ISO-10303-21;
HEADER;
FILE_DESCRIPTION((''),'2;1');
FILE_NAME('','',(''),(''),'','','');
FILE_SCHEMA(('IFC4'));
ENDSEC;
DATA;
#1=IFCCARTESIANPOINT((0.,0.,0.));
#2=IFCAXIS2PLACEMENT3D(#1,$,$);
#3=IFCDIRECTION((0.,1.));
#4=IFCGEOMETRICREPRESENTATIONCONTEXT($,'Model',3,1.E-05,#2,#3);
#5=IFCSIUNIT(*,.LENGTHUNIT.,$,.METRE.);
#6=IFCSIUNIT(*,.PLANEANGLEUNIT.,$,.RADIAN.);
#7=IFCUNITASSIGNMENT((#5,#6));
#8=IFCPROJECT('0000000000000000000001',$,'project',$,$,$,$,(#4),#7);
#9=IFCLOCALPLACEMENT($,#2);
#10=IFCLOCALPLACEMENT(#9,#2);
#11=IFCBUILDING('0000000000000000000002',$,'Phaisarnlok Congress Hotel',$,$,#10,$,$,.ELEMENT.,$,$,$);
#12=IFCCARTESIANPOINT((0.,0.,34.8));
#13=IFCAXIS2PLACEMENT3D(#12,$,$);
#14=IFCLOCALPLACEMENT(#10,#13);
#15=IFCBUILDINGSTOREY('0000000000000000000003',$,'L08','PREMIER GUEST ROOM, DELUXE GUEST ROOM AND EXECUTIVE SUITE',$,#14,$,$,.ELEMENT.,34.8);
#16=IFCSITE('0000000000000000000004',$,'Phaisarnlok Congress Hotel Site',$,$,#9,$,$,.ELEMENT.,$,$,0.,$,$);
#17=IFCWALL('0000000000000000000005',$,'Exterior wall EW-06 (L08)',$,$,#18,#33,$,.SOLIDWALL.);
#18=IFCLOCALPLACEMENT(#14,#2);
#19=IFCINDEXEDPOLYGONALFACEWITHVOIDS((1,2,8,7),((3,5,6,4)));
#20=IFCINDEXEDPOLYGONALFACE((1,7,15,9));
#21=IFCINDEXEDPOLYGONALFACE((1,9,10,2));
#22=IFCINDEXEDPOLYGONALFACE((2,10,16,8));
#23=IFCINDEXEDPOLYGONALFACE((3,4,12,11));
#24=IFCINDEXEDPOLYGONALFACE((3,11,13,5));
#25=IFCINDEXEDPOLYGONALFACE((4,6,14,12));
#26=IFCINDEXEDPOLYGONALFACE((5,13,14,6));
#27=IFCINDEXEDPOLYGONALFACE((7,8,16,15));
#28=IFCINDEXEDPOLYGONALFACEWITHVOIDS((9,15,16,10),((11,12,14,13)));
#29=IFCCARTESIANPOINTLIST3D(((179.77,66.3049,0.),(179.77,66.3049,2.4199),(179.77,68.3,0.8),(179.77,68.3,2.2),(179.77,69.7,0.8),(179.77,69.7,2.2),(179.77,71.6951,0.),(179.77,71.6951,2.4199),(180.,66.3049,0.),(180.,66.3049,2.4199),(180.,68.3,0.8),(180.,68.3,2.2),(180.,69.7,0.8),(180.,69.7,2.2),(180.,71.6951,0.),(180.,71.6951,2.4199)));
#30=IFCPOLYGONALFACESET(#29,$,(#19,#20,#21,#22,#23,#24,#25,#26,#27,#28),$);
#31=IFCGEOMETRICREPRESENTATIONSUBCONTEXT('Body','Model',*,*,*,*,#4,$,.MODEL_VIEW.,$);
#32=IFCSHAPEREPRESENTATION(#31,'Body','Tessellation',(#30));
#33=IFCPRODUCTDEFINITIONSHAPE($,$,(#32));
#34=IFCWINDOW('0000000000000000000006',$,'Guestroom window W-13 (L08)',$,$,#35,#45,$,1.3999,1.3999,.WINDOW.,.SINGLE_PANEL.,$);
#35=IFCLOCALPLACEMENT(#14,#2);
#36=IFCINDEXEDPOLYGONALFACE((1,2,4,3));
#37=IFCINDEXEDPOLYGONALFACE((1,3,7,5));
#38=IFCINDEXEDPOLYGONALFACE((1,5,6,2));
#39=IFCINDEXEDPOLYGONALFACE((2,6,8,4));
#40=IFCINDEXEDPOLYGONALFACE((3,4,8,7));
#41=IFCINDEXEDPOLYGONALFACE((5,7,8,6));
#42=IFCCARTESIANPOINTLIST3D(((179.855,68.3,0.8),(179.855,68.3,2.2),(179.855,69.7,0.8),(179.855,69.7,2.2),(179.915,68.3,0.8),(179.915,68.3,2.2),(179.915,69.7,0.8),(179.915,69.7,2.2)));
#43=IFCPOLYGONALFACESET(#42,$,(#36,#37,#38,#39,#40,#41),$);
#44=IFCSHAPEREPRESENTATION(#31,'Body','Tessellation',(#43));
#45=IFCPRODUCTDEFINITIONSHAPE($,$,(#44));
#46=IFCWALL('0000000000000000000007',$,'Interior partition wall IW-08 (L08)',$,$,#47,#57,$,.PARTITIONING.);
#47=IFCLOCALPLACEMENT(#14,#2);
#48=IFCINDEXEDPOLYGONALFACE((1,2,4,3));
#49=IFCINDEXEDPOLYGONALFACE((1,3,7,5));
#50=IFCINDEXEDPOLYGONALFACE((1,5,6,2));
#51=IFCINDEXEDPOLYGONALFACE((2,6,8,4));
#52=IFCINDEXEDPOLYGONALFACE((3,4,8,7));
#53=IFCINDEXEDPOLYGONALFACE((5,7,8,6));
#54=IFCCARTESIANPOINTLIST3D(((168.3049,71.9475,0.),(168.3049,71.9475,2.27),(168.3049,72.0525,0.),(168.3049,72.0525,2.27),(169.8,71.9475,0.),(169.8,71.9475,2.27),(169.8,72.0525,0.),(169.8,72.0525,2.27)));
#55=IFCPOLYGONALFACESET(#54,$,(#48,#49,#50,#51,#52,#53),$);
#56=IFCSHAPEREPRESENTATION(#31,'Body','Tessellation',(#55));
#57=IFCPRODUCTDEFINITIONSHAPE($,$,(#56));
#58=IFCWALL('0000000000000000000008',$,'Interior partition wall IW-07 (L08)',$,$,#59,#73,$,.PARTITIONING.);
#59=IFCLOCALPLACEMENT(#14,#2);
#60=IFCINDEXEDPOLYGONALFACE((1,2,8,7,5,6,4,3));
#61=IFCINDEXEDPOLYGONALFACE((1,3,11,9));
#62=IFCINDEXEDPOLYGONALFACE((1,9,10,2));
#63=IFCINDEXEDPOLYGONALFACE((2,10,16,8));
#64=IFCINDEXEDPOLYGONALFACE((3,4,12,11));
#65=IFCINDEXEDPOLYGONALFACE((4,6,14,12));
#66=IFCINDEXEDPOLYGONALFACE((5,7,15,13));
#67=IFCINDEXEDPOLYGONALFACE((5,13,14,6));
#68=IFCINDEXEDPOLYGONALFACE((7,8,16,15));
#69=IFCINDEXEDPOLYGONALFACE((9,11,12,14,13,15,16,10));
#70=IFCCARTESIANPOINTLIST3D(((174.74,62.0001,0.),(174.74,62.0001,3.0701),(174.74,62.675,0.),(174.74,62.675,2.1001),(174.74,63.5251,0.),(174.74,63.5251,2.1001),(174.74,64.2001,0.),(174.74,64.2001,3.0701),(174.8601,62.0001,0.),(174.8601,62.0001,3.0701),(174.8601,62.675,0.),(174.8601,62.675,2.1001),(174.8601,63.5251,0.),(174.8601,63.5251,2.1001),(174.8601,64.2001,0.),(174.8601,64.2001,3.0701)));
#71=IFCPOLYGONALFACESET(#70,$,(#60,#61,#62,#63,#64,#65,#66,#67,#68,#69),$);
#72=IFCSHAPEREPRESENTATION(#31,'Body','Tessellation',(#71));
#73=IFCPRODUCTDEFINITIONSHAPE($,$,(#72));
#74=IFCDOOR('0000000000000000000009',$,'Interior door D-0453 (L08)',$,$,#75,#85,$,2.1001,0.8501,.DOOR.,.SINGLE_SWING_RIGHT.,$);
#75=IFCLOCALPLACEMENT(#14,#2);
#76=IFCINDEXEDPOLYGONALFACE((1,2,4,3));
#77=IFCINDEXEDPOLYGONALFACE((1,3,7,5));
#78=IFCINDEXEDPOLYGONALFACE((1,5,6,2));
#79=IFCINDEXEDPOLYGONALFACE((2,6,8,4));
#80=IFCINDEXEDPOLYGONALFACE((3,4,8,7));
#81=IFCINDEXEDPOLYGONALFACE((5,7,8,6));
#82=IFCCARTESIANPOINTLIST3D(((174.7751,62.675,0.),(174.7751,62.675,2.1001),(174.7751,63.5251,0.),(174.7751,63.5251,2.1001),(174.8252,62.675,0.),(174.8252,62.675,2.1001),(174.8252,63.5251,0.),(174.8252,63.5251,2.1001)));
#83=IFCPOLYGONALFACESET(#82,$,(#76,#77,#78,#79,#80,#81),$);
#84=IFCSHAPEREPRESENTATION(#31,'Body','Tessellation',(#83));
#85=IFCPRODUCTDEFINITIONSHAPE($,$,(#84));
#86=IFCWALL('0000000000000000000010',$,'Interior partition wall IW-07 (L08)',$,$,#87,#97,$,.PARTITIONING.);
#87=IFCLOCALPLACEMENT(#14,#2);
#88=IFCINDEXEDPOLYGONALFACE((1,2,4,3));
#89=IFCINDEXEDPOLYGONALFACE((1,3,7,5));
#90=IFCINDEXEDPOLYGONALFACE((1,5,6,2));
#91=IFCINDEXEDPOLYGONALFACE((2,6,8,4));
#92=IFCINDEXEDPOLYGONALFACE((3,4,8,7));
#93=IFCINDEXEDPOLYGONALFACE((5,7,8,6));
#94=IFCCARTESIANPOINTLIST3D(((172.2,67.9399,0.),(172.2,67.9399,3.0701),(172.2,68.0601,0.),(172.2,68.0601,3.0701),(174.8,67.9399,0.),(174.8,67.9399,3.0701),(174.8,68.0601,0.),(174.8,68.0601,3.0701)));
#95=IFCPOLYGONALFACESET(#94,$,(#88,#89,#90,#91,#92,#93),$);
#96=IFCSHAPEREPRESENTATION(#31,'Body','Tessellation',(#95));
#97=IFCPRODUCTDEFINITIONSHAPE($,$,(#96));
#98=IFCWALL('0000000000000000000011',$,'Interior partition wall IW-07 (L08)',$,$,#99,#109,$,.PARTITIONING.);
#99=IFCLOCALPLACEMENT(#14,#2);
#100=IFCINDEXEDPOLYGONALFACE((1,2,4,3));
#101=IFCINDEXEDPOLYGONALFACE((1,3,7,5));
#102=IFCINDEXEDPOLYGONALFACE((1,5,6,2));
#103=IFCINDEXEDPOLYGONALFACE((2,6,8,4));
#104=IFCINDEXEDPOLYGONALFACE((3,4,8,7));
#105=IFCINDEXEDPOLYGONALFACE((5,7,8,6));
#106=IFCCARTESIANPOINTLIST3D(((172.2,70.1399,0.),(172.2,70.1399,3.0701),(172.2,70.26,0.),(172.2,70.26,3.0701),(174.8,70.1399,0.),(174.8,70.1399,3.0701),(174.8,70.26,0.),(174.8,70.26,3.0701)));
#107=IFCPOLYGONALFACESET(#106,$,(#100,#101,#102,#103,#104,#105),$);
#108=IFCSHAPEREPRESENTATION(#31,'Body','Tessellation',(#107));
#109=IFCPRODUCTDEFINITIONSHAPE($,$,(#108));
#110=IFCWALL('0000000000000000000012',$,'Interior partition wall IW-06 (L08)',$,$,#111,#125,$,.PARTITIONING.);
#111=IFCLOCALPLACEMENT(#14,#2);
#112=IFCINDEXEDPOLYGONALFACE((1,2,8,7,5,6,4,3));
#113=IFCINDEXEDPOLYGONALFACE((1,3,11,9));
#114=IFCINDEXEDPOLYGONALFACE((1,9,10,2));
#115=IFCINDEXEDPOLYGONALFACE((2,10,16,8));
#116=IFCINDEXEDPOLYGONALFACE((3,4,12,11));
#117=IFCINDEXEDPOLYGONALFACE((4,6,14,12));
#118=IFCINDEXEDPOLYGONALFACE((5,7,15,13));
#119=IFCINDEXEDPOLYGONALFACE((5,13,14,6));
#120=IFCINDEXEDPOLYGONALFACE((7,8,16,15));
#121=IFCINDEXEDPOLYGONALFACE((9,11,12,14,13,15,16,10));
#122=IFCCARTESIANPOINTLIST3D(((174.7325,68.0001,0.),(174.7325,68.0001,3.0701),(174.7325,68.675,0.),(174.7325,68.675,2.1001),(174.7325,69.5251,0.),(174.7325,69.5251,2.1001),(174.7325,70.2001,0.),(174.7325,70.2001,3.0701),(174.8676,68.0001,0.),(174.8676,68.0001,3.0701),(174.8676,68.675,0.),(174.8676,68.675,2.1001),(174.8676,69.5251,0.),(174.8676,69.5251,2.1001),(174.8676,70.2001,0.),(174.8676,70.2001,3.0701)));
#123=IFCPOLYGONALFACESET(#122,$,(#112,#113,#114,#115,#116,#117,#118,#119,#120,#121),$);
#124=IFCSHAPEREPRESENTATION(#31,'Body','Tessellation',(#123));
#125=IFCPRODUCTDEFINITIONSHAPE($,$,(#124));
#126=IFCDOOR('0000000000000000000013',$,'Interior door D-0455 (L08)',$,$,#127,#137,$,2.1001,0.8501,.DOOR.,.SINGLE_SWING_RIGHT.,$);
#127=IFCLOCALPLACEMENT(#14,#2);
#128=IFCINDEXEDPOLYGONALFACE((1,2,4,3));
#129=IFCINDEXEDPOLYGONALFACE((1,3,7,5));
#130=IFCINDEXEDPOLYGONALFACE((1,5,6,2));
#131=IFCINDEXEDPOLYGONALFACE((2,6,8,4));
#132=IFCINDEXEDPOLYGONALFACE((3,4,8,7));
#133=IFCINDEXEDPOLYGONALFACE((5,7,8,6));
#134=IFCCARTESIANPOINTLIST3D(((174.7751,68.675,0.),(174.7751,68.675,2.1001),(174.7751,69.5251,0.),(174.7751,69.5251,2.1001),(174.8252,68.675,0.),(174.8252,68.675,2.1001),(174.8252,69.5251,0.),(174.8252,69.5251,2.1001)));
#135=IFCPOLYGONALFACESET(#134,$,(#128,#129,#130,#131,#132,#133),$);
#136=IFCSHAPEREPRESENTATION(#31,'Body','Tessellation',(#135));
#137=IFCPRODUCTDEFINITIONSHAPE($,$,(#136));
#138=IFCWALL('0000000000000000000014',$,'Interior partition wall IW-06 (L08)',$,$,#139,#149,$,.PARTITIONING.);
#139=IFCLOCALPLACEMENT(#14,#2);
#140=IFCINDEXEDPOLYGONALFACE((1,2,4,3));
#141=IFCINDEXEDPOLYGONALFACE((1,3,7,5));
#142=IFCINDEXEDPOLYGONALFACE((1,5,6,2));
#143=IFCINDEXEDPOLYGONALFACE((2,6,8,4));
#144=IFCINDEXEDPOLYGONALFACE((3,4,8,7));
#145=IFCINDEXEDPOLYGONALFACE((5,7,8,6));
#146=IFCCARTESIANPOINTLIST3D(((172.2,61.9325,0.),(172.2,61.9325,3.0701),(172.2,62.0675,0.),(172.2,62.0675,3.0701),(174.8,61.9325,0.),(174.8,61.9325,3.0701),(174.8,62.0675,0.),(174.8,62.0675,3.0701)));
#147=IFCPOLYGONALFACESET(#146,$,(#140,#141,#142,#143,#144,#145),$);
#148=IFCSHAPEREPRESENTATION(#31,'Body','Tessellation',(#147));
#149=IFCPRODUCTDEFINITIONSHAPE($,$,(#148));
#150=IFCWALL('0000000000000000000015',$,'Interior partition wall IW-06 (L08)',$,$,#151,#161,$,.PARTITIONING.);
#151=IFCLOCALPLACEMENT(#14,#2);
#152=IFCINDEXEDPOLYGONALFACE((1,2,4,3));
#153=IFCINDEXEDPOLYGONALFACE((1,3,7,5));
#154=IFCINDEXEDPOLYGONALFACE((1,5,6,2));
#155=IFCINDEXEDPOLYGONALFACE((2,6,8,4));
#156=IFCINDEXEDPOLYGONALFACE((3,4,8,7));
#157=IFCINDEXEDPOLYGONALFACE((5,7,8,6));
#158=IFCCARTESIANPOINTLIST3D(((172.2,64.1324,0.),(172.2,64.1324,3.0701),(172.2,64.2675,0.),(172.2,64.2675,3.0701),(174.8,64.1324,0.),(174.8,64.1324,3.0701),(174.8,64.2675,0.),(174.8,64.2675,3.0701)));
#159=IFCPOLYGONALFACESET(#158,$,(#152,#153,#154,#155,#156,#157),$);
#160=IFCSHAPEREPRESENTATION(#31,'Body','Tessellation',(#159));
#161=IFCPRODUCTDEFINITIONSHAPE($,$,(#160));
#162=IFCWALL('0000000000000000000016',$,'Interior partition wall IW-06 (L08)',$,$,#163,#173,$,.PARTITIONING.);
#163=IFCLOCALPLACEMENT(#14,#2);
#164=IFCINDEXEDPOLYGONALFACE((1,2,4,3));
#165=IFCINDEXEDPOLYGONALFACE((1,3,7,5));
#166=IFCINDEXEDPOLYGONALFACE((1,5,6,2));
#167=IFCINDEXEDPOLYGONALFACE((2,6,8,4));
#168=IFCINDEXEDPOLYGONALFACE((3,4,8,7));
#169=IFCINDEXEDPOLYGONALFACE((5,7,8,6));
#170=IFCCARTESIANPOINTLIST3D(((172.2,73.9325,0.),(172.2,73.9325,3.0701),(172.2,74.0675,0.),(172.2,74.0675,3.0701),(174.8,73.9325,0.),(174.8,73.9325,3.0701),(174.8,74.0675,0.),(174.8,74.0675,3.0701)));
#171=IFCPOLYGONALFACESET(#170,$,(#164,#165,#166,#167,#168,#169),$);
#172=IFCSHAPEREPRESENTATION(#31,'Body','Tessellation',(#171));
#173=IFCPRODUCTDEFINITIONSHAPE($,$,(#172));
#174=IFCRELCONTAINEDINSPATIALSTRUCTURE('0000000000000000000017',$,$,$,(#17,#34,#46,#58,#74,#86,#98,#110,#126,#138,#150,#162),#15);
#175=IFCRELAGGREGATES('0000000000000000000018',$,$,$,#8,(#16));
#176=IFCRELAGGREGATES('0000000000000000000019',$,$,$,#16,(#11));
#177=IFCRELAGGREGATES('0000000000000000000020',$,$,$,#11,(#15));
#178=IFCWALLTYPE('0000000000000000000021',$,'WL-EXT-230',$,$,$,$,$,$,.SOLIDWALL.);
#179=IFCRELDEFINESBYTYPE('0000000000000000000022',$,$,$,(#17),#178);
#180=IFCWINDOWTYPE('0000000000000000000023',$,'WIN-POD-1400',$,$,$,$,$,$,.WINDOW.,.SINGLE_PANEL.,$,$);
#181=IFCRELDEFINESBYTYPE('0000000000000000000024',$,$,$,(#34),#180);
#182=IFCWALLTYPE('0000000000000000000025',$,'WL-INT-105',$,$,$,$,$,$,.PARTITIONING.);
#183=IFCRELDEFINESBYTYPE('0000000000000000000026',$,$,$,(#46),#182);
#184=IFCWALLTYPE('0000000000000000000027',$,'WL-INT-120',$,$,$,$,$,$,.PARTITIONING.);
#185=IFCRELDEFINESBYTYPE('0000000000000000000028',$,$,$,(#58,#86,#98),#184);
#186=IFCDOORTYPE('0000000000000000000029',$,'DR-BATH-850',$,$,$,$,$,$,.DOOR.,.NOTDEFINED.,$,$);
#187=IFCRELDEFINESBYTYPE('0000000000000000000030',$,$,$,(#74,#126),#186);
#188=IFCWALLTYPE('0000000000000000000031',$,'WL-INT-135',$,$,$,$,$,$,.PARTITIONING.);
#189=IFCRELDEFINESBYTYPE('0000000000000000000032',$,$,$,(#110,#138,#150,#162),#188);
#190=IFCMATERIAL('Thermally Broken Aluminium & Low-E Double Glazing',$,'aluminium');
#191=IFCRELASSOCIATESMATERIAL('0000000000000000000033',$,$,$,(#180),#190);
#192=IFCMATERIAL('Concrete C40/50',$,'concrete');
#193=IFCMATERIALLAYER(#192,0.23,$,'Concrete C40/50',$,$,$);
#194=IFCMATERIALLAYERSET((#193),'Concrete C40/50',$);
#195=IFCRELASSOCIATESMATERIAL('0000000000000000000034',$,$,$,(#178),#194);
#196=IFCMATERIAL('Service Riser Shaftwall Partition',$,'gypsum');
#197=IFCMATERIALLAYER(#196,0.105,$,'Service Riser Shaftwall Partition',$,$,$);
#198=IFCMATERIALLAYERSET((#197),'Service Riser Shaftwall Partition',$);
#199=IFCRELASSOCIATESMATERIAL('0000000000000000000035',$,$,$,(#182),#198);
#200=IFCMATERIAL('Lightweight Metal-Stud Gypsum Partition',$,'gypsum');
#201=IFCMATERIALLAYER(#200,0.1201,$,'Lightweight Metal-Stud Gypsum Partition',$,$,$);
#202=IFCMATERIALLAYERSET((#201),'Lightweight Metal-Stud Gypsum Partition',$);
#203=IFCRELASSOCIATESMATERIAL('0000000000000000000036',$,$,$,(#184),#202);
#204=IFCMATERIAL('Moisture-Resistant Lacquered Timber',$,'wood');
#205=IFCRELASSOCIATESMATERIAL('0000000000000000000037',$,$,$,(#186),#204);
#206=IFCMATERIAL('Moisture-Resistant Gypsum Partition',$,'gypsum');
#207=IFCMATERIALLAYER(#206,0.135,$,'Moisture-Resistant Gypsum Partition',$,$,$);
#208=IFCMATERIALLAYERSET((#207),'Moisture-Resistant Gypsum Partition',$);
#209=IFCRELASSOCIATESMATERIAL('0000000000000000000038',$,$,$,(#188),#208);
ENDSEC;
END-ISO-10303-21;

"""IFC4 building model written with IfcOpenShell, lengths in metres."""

from ifc_helpers import new_model, si_unit, direction, frame, frame_2d, origin, place, context, subcontext, project, spatial, rectangle, extrude, material, layer, layer_set, type_object, element, fill, save


model = new_model("IFC4")

# Units and contexts
model_context = context("Model", 3, precision=1e-05, world=origin(), true_north=direction((0.0, 1.0)))
body_context = subcontext(model_context, "Body", "Model", "MODEL_VIEW")
ifc_project = project(units=[si_unit("LENGTHUNIT", "METRE"), si_unit("PLANEANGLEUNIT", "RADIAN")], contexts=[model_context])

# Site, building, storey
site_placement = place(None, origin())
site = spatial("IfcSite", under=ifc_project, at=site_placement, Name="Phaisarnlok Congress Hotel Site", CompositionType="ELEMENT", RefElevation=0.0)
building_placement = place(site_placement, origin())
building = spatial("IfcBuilding", under=site, at=building_placement, Name="Phaisarnlok Congress Hotel", CompositionType="ELEMENT")
storey_placement = place(building_placement, frame((0.0, 0.0, 34.8)))
storey = spatial("IfcBuildingStorey", under=building, at=storey_placement, Name="L08", Description="PREMIER GUEST ROOM, DELUXE GUEST ROOM AND EXECUTIVE SUITE", CompositionType="ELEMENT", Elevation=34.8)

# Shared definitions
ifc_material_1 = material(Name="Concrete C40/50", Category="concrete")

# Wall, opening, window
ifc_material_2 = material(Name="Thermally Broken Aluminium & Low-E Double Glazing", Category="aluminium")
window_type = type_object("IfcWindowType", Name="WIN-POD-1400", PartitioningType="SINGLE_PANEL", PredefinedType="WINDOW", material=ifc_material_2)
ifc_layer_1 = layer(ifc_material_1, 0.23, Name="Concrete C40/50")
ifc_layer_set_1 = layer_set([ifc_layer_1], Name="Concrete C40/50")
wall_type_1 = type_object("IfcWallType", Name="WL-EXT-230", PredefinedType="SOLIDWALL", material=ifc_layer_set_1)
wall_1_placement = place(storey_placement, frame((179.885, 66.3049, 0.0), z_axis=(0.0, 0.0, 1.0), x_axis=(0.0, 1.0, 0.0)))
wall_1 = element("IfcWall", 1, at=wall_1_placement, inside=storey, type_object=wall_type_1, Name="Exterior wall EW-06 (L08)", PredefinedType="SOLIDWALL", context=body_context, shape_type="SweptSolid", body=[
    extrude(rectangle(XDim=5.3901, YDim=0.23, at=frame_2d((2.6951, 0.0))), origin(), (0.0, 0.0, 1.0), 2.4199),
])
opening_1_placement = place(wall_1_placement, frame((1.9951, 0.0, 0.8)))
opening_1 = element("IfcOpeningElement", 2, at=opening_1_placement, cuts=wall_1, PredefinedType="OPENING", context=body_context, shape_type="SweptSolid", body=[
    extrude(rectangle(XDim=1.3999, YDim=1.3999, at=frame_2d((0.7, 0.7))), frame((0.0, 0.125, 0.0), z_axis=(0.0, -1.0, 0.0), x_axis=(1.0, 0.0, 0.0)), (0.0, 0.0, 1.0), 0.25),
])
window_1_placement = place(opening_1_placement, origin())
window_1 = element("IfcWindow", 3, at=window_1_placement, inside=storey, type_object=window_type, Name="Guestroom window W-13 (L08)", OverallHeight=1.3999, OverallWidth=1.3999, PartitioningType="SINGLE_PANEL", PredefinedType="WINDOW", context=body_context, shape_type="SweptSolid", body=[
    extrude(rectangle(XDim=1.3999, YDim=1.3999, at=frame_2d((0.7, 0.7))), frame((0.0, 0.03, 0.0), z_axis=(0.0, -1.0, 0.0), x_axis=(1.0, 0.0, 0.0)), (0.0, 0.0, 1.0), 0.0601),
])
fill(opening_1, window_1)

# Wall
ifc_material_3 = material(Name="Service Riser Shaftwall Partition", Category="gypsum")
ifc_layer_2 = layer(ifc_material_3, 0.105, Name="Service Riser Shaftwall Partition")
ifc_layer_set_2 = layer_set([ifc_layer_2], Name="Service Riser Shaftwall Partition")
wall_type_2 = type_object("IfcWallType", Name="WL-INT-105", PredefinedType="PARTITIONING", material=ifc_layer_set_2)
wall_2_placement = place(storey_placement, frame((168.3049, 72.0, 0.0), z_axis=(0.0, 0.0, 1.0), x_axis=(1.0, 0.0, 0.0)))
element("IfcWall", 4, at=wall_2_placement, inside=storey, type_object=wall_type_2, Name="Interior partition wall IW-08 (L08)", PredefinedType="PARTITIONING", context=body_context, shape_type="SweptSolid", body=[
    extrude(rectangle(XDim=1.4951, YDim=0.105, at=frame_2d((0.7476, 0.0))), origin(), (0.0, 0.0, 1.0), 2.27),
])

# Wall, opening, door
ifc_material_4 = material(Name="Lightweight Metal-Stud Gypsum Partition", Category="gypsum")
ifc_layer_3 = layer(ifc_material_4, 0.1201, Name="Lightweight Metal-Stud Gypsum Partition")
ifc_layer_set_3 = layer_set([ifc_layer_3], Name="Lightweight Metal-Stud Gypsum Partition")
wall_type_3 = type_object("IfcWallType", Name="WL-INT-120", PredefinedType="PARTITIONING", material=ifc_layer_set_3)
wall_3_placement = place(storey_placement, frame((174.8, 62.0, 0.0), z_axis=(0.0, 0.0, 1.0), x_axis=(0.0, 1.0, 0.0)))
wall_3 = element("IfcWall", 5, at=wall_3_placement, inside=storey, type_object=wall_type_3, Name="Interior partition wall IW-07 (L08)", PredefinedType="PARTITIONING", context=body_context, shape_type="SweptSolid", body=[
    extrude(rectangle(XDim=2.2, YDim=0.1201, at=frame_2d((1.1001, 0.0))), origin(), (0.0, 0.0, 1.0), 3.0701),
])
opening_2_placement = place(wall_3_placement, frame((0.675, 0.0, 0.0)))
opening_2 = element("IfcOpeningElement", 6, at=opening_2_placement, cuts=wall_3, PredefinedType="OPENING", context=body_context, shape_type="SweptSolid", body=[
    extrude(rectangle(XDim=0.8501, YDim=2.1001, at=frame_2d((0.425, 1.05))), frame((0.0, 0.0701, 0.0), z_axis=(0.0, -1.0, 0.0), x_axis=(1.0, 0.0, 0.0)), (0.0, 0.0, 1.0), 0.1401),
])
ifc_material_5 = material(Name="Moisture-Resistant Lacquered Timber", Category="wood")
door_type = type_object("IfcDoorType", Name="DR-BATH-850", OperationType="NOTDEFINED", PredefinedType="DOOR", material=ifc_material_5)
door_1_placement = place(opening_2_placement, origin())
door_1 = element("IfcDoor", 7, at=door_1_placement, inside=storey, type_object=door_type, Name="Interior door D-0453 (L08)", OperationType="SINGLE_SWING_RIGHT", OverallHeight=2.1001, OverallWidth=0.8501, PredefinedType="DOOR", context=body_context, shape_type="SweptSolid", body=[
    extrude(rectangle(XDim=0.8501, YDim=2.1001, at=frame_2d((0.425, 1.05))), frame((0.0, 0.0249, 0.0), z_axis=(0.0, -1.0, 0.0), x_axis=(1.0, 0.0, 0.0)), (0.0, 0.0, 1.0), 0.05),
])
fill(opening_2, door_1)

# Walls
for number, where, z_axis, x_axis, name in (
    (8, (172.2, 68.0, 0.0), (0.0, 0.0, 1.0), (1.0, 0.0, 0.0), "Interior partition wall IW-07 (L08)"),
    (9, (172.2, 70.2, 0.0), (0.0, 0.0, 1.0), (1.0, 0.0, 0.0), "Interior partition wall IW-07 (L08)"),
):
    element("IfcWall", number, at=place(storey_placement, frame(where, z_axis=z_axis, x_axis=x_axis)), inside=storey, type_object=wall_type_3, Name=name, PredefinedType="PARTITIONING", context=body_context, shape_type="SweptSolid", body=[
        extrude(rectangle(XDim=2.6001, YDim=0.1201, at=frame_2d((1.3, 0.0))), origin(), (0.0, 0.0, 1.0), 3.0701),
    ])

# Wall, opening, door
ifc_material_6 = material(Name="Moisture-Resistant Gypsum Partition", Category="gypsum")
ifc_layer_4 = layer(ifc_material_6, 0.135, Name="Moisture-Resistant Gypsum Partition")
ifc_layer_set_4 = layer_set([ifc_layer_4], Name="Moisture-Resistant Gypsum Partition")
wall_type_4 = type_object("IfcWallType", Name="WL-INT-135", PredefinedType="PARTITIONING", material=ifc_layer_set_4)
wall_4_placement = place(storey_placement, frame((174.8, 68.0, 0.0), z_axis=(0.0, 0.0, 1.0), x_axis=(0.0, 1.0, 0.0)))
wall_4 = element("IfcWall", 10, at=wall_4_placement, inside=storey, type_object=wall_type_4, Name="Interior partition wall IW-06 (L08)", PredefinedType="PARTITIONING", context=body_context, shape_type="SweptSolid", body=[
    extrude(rectangle(XDim=2.2, YDim=0.135, at=frame_2d((1.1001, 0.0))), origin(), (0.0, 0.0, 1.0), 3.0701),
])
opening_3_placement = place(wall_4_placement, frame((0.675, 0.0, 0.0)))
opening_3 = element("IfcOpeningElement", 11, at=opening_3_placement, cuts=wall_4, PredefinedType="OPENING", context=body_context, shape_type="SweptSolid", body=[
    extrude(rectangle(XDim=0.8501, YDim=2.1001, at=frame_2d((0.425, 1.05))), frame((0.0, 0.0776, 0.0), z_axis=(0.0, -1.0, 0.0), x_axis=(1.0, 0.0, 0.0)), (0.0, 0.0, 1.0), 0.155),
])
door_2_placement = place(opening_3_placement, origin())
door_2 = element("IfcDoor", 12, at=door_2_placement, inside=storey, type_object=door_type, Name="Interior door D-0455 (L08)", OperationType="SINGLE_SWING_RIGHT", OverallHeight=2.1001, OverallWidth=0.8501, PredefinedType="DOOR", context=body_context, shape_type="SweptSolid", body=[
    extrude(rectangle(XDim=0.8501, YDim=2.1001, at=frame_2d((0.425, 1.05))), frame((0.0, 0.0249, 0.0), z_axis=(0.0, -1.0, 0.0), x_axis=(1.0, 0.0, 0.0)), (0.0, 0.0, 1.0), 0.05),
])
fill(opening_3, door_2)

# Walls
for number, where, z_axis, x_axis, name in (
    (13, (172.2, 62.0, 0.0), (0.0, 0.0, 1.0), (1.0, 0.0, 0.0), "Interior partition wall IW-06 (L08)"),
    (14, (172.2, 64.2, 0.0), (0.0, 0.0, 1.0), (1.0, 0.0, 0.0), "Interior partition wall IW-06 (L08)"),
    (15, (172.2, 74.0, 0.0), (0.0, 0.0, 1.0), (1.0, 0.0, 0.0), "Interior partition wall IW-06 (L08)"),
):
    element("IfcWall", number, at=place(storey_placement, frame(where, z_axis=z_axis, x_axis=x_axis)), inside=storey, type_object=wall_type_4, Name=name, PredefinedType="PARTITIONING", context=body_context, shape_type="SweptSolid", body=[
        extrude(rectangle(XDim=2.6001, YDim=0.135, at=frame_2d((1.3, 0.0))), origin(), (0.0, 0.0, 1.0), 3.0701),
    ])

save(model, "model.ifc")
